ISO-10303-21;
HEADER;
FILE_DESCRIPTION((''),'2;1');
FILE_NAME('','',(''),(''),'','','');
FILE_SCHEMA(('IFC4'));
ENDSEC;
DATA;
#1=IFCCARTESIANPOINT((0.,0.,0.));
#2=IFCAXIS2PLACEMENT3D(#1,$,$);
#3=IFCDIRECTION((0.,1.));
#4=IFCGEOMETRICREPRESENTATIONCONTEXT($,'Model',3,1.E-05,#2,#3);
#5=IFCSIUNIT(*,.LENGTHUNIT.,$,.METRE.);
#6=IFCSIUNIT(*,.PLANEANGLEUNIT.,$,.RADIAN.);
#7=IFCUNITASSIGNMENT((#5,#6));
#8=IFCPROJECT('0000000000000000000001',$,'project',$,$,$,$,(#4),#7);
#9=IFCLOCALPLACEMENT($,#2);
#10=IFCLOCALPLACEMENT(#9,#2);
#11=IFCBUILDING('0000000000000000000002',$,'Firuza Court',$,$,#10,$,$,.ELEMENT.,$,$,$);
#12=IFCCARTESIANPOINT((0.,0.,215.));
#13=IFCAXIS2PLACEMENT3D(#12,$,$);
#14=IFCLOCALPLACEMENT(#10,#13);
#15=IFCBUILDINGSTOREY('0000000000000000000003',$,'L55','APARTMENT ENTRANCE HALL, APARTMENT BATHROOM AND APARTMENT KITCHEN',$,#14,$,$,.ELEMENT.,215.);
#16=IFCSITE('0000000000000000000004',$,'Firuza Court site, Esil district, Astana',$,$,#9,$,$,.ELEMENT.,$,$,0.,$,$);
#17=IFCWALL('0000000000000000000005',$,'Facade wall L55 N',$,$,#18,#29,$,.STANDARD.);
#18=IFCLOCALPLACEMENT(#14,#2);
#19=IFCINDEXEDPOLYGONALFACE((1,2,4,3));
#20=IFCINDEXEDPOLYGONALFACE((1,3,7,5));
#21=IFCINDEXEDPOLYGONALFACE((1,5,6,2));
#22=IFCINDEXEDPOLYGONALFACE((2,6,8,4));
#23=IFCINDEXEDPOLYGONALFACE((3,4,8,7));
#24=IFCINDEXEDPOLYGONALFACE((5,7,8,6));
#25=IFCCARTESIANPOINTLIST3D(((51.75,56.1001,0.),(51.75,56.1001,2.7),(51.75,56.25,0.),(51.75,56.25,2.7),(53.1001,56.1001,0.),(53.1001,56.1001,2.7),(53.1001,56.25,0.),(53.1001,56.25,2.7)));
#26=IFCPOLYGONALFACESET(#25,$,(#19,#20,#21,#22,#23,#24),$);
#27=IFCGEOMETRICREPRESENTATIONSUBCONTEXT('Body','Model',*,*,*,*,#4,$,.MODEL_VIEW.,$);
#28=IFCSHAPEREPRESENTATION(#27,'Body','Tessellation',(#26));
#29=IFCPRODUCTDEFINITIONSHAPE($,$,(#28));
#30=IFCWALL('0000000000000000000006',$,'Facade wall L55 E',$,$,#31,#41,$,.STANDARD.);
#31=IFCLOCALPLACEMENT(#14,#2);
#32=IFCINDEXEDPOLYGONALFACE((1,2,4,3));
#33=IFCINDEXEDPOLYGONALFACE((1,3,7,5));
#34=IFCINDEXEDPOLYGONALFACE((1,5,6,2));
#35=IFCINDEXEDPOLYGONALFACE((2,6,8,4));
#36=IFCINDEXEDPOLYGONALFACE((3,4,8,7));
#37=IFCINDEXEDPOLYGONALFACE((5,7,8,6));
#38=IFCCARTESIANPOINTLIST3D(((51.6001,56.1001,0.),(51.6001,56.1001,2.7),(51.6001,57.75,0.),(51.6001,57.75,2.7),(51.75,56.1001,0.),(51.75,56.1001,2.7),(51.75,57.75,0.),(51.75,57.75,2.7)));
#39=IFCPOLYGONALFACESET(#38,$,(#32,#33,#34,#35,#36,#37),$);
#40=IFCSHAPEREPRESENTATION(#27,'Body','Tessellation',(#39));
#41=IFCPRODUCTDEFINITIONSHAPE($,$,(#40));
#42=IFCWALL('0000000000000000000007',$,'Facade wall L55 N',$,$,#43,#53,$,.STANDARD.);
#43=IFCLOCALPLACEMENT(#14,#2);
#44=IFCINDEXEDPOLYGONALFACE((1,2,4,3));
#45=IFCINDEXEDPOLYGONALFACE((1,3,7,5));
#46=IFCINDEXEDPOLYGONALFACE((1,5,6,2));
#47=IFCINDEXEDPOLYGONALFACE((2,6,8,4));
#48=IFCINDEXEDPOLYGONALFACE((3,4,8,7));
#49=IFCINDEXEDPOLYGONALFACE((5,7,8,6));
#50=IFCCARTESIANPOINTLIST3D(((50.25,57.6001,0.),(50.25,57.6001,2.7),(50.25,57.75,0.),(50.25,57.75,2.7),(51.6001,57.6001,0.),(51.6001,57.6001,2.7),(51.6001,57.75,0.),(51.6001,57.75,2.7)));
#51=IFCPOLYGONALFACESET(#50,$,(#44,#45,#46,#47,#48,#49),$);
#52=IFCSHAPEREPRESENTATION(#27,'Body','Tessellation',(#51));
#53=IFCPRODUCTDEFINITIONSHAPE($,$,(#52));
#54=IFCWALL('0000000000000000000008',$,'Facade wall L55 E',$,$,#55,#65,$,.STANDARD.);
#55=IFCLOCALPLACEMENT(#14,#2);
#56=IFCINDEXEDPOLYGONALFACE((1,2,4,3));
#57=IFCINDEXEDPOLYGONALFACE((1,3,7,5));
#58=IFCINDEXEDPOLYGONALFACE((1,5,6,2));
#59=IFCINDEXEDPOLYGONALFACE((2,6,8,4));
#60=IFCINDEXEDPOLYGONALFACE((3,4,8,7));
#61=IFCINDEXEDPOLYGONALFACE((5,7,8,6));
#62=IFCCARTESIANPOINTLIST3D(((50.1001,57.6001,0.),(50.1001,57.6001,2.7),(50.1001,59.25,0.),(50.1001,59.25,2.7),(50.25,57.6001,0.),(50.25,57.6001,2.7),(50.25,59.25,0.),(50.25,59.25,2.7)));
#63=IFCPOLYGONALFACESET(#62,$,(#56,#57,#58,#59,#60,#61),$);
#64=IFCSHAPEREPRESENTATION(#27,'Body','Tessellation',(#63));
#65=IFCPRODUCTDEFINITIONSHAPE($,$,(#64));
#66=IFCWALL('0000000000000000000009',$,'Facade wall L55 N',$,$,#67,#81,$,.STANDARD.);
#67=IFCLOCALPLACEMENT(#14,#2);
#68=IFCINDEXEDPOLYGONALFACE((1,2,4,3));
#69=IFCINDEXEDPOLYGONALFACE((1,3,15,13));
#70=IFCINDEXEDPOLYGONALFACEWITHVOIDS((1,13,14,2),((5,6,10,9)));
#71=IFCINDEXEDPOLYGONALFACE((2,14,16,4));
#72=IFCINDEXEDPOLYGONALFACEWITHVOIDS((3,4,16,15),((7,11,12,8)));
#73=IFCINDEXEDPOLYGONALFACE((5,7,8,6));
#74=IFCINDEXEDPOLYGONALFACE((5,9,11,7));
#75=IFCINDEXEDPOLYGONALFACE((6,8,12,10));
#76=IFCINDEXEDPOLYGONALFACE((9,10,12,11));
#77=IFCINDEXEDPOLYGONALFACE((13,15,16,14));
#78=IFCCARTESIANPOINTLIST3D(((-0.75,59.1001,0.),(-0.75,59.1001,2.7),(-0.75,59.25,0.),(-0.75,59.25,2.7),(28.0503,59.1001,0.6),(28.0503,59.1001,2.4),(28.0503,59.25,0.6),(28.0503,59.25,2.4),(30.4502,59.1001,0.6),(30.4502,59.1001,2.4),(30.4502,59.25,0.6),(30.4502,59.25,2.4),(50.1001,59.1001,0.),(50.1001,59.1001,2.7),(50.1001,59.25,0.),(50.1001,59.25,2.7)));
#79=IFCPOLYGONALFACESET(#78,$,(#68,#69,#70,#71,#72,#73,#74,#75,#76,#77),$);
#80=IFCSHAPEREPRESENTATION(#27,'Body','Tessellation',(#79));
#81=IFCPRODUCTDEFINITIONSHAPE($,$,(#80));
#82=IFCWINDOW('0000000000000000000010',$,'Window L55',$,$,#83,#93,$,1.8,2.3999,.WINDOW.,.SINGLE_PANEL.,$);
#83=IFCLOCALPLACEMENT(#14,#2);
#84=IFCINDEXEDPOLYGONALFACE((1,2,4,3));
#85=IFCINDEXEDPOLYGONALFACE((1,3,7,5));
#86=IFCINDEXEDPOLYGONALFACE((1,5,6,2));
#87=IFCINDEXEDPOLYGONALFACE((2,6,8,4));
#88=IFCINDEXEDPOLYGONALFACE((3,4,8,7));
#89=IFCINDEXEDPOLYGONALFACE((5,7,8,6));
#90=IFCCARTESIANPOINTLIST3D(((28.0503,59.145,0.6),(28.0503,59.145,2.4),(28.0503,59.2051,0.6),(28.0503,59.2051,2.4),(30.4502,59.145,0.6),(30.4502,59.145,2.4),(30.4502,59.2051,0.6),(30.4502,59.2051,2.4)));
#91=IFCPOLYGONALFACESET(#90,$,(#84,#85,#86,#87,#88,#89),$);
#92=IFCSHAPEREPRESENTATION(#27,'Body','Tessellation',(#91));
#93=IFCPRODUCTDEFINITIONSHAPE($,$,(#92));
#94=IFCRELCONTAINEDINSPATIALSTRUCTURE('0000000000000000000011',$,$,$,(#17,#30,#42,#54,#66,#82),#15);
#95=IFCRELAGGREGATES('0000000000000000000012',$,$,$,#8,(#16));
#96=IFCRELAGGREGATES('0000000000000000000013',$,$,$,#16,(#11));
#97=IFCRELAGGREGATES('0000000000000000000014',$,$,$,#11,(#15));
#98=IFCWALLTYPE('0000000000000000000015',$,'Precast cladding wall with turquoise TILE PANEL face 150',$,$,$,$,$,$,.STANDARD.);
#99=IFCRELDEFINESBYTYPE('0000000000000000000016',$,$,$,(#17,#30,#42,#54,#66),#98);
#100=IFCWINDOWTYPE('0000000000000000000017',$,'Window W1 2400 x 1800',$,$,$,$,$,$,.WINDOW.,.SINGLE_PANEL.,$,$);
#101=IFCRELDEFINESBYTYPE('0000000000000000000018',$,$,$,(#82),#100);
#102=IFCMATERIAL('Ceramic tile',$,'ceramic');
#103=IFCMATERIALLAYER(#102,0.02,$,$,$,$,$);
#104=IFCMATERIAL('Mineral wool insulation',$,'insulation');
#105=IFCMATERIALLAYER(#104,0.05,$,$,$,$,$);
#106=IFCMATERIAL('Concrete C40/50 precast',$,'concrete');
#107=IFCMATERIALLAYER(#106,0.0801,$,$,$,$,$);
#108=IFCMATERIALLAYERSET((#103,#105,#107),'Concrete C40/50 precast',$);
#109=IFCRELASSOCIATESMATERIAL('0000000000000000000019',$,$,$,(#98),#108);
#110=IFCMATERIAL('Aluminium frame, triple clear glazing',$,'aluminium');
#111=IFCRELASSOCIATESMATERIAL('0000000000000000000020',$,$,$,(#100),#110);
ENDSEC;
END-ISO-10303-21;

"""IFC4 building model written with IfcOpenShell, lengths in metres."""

from ifc_helpers import new_model, si_unit, direction, frame, frame_2d, origin, place, context, subcontext, project, spatial, rectangle, extrude, material, layer, layer_set, type_object, element, fill, save


model = new_model("IFC4")

# Units and contexts
model_context = context("Model", 3, precision=1e-05, world=origin(), true_north=direction((0.0, 1.0)))
body_context = subcontext(model_context, "Body", "Model", "MODEL_VIEW")
ifc_project = project(units=[si_unit("LENGTHUNIT", "METRE"), si_unit("PLANEANGLEUNIT", "RADIAN")], contexts=[model_context])

# Site, building, storey
site_placement = place(None, origin())
site = spatial("IfcSite", under=ifc_project, at=site_placement, Name="Firuza Court site, Esil district, Astana", CompositionType="ELEMENT", RefElevation=0.0)
building_placement = place(site_placement, origin())
building = spatial("IfcBuilding", under=site, at=building_placement, Name="Firuza Court", CompositionType="ELEMENT")
storey_placement = place(building_placement, frame((0.0, 0.0, 215.0)))
storey = spatial("IfcBuildingStorey", under=building, at=storey_placement, Name="L55", Description="APARTMENT ENTRANCE HALL, APARTMENT BATHROOM AND APARTMENT KITCHEN", CompositionType="ELEMENT", Elevation=215.0)

# Walls
ifc_material_1 = material(Name="Ceramic tile", Category="ceramic")
ifc_layer_1 = layer(ifc_material_1, 0.02)
ifc_material_2 = material(Name="Mineral wool insulation", Category="insulation")
ifc_layer_2 = layer(ifc_material_2, 0.05)
ifc_material_3 = material(Name="Concrete C40/50 precast", Category="concrete")
ifc_layer_3 = layer(ifc_material_3, 0.0801)
ifc_layer_set_1 = layer_set([ifc_layer_1, ifc_layer_2, ifc_layer_3], Name="Concrete C40/50 precast")
wall_type_1 = type_object("IfcWallType", Name="Precast cladding wall with turquoise TILE PANEL face 150", PredefinedType="STANDARD", material=ifc_layer_set_1)
wall_1_placement = place(storey_placement, frame((53.1001, 56.175, 0.0), z_axis=(0.0, 0.0, 1.0), x_axis=(-1.0, 0.0, 0.0)))
element("IfcWall", 1, at=wall_1_placement, inside=storey, type_object=wall_type_1, Name="Facade wall L55 N", PredefinedType="STANDARD", context=body_context, shape_type="SweptSolid", body=[
    extrude(rectangle(XDim=1.3501, YDim=0.1499, at=frame_2d((0.675, 0.0))), origin(), (0.0, 0.0, 1.0), 2.7),
])
wall_2_placement = place(storey_placement, frame((51.675, 56.1001, 0.0), z_axis=(0.0, 0.0, 1.0), x_axis=(0.0, 1.0, 0.0)))
element("IfcWall", 2, at=wall_2_placement, inside=storey, type_object=wall_type_1, Name="Facade wall L55 E", PredefinedType="STANDARD", context=body_context, shape_type="SweptSolid", body=[
    extrude(rectangle(XDim=1.6499, YDim=0.1499, at=frame_2d((0.825, 0.0))), origin(), (0.0, 0.0, 1.0), 2.7),
])
wall_3_placement = place(storey_placement, frame((51.6001, 57.675, 0.0), z_axis=(0.0, 0.0, 1.0), x_axis=(-1.0, 0.0, 0.0)))
element("IfcWall", 3, at=wall_3_placement, inside=storey, type_object=wall_type_1, Name="Facade wall L55 N", PredefinedType="STANDARD", context=body_context, shape_type="SweptSolid", body=[
    extrude(rectangle(XDim=1.3501, YDim=0.1499, at=frame_2d((0.675, 0.0))), origin(), (0.0, 0.0, 1.0), 2.7),
])
wall_4_placement = place(storey_placement, frame((50.175, 57.6001, 0.0), z_axis=(0.0, 0.0, 1.0), x_axis=(0.0, 1.0, 0.0)))
element("IfcWall", 4, at=wall_4_placement, inside=storey, type_object=wall_type_1, Name="Facade wall L55 E", PredefinedType="STANDARD", context=body_context, shape_type="SweptSolid", body=[
    extrude(rectangle(XDim=1.6499, YDim=0.1499, at=frame_2d((0.825, 0.0))), origin(), (0.0, 0.0, 1.0), 2.7),
])

# Wall, opening, window
wall_5_placement = place(storey_placement, frame((50.1001, 59.175, 0.0), z_axis=(0.0, 0.0, 1.0), x_axis=(-1.0, 0.0, 0.0)))
wall_5 = element("IfcWall", 5, at=wall_5_placement, inside=storey, type_object=wall_type_1, Name="Facade wall L55 N", PredefinedType="STANDARD", context=body_context, shape_type="SweptSolid", body=[
    extrude(rectangle(XDim=50.8501, YDim=0.1499, at=frame_2d((25.425, 0.0))), origin(), (0.0, 0.0, 1.0), 2.7),
])
opening_1_placement = place(wall_5_placement, frame((19.6499, 0.0, 0.6001)))
opening_1 = element("IfcOpeningElement", 6, at=opening_1_placement, cuts=wall_5, PredefinedType="OPENING", context=body_context, shape_type="SweptSolid", body=[
    extrude(rectangle(XDim=2.3999, YDim=1.8, at=frame_2d((1.2, 0.8999))), frame((0.0, 0.0869, 0.0), z_axis=(0.0, -1.0, 0.0), x_axis=(1.0, 0.0, 0.0)), (0.0, 0.0, 1.0), 0.1738),
])
ifc_material_4 = material(Name="Aluminium frame, triple clear glazing", Category="aluminium")
window_type = type_object("IfcWindowType", Name="Window W1 2400 x 1800", PartitioningType="SINGLE_PANEL", PredefinedType="WINDOW", material=ifc_material_4)
window_placement = place(opening_1_placement, origin())
window = element("IfcWindow", 7, at=window_placement, inside=storey, type_object=window_type, Name="Window L55", OverallHeight=1.8, OverallWidth=2.3999, PartitioningType="SINGLE_PANEL", PredefinedType="WINDOW", context=body_context, shape_type="SweptSolid", body=[
    extrude(rectangle(XDim=2.3999, YDim=1.8, at=frame_2d((1.2, 0.8999))), frame((0.0, 0.03, 0.0), z_axis=(0.0, -1.0, 0.0), x_axis=(1.0, 0.0, 0.0)), (0.0, 0.0, 1.0), 0.0601),
])
fill(opening_1, window)

save(model, "model.ifc")
